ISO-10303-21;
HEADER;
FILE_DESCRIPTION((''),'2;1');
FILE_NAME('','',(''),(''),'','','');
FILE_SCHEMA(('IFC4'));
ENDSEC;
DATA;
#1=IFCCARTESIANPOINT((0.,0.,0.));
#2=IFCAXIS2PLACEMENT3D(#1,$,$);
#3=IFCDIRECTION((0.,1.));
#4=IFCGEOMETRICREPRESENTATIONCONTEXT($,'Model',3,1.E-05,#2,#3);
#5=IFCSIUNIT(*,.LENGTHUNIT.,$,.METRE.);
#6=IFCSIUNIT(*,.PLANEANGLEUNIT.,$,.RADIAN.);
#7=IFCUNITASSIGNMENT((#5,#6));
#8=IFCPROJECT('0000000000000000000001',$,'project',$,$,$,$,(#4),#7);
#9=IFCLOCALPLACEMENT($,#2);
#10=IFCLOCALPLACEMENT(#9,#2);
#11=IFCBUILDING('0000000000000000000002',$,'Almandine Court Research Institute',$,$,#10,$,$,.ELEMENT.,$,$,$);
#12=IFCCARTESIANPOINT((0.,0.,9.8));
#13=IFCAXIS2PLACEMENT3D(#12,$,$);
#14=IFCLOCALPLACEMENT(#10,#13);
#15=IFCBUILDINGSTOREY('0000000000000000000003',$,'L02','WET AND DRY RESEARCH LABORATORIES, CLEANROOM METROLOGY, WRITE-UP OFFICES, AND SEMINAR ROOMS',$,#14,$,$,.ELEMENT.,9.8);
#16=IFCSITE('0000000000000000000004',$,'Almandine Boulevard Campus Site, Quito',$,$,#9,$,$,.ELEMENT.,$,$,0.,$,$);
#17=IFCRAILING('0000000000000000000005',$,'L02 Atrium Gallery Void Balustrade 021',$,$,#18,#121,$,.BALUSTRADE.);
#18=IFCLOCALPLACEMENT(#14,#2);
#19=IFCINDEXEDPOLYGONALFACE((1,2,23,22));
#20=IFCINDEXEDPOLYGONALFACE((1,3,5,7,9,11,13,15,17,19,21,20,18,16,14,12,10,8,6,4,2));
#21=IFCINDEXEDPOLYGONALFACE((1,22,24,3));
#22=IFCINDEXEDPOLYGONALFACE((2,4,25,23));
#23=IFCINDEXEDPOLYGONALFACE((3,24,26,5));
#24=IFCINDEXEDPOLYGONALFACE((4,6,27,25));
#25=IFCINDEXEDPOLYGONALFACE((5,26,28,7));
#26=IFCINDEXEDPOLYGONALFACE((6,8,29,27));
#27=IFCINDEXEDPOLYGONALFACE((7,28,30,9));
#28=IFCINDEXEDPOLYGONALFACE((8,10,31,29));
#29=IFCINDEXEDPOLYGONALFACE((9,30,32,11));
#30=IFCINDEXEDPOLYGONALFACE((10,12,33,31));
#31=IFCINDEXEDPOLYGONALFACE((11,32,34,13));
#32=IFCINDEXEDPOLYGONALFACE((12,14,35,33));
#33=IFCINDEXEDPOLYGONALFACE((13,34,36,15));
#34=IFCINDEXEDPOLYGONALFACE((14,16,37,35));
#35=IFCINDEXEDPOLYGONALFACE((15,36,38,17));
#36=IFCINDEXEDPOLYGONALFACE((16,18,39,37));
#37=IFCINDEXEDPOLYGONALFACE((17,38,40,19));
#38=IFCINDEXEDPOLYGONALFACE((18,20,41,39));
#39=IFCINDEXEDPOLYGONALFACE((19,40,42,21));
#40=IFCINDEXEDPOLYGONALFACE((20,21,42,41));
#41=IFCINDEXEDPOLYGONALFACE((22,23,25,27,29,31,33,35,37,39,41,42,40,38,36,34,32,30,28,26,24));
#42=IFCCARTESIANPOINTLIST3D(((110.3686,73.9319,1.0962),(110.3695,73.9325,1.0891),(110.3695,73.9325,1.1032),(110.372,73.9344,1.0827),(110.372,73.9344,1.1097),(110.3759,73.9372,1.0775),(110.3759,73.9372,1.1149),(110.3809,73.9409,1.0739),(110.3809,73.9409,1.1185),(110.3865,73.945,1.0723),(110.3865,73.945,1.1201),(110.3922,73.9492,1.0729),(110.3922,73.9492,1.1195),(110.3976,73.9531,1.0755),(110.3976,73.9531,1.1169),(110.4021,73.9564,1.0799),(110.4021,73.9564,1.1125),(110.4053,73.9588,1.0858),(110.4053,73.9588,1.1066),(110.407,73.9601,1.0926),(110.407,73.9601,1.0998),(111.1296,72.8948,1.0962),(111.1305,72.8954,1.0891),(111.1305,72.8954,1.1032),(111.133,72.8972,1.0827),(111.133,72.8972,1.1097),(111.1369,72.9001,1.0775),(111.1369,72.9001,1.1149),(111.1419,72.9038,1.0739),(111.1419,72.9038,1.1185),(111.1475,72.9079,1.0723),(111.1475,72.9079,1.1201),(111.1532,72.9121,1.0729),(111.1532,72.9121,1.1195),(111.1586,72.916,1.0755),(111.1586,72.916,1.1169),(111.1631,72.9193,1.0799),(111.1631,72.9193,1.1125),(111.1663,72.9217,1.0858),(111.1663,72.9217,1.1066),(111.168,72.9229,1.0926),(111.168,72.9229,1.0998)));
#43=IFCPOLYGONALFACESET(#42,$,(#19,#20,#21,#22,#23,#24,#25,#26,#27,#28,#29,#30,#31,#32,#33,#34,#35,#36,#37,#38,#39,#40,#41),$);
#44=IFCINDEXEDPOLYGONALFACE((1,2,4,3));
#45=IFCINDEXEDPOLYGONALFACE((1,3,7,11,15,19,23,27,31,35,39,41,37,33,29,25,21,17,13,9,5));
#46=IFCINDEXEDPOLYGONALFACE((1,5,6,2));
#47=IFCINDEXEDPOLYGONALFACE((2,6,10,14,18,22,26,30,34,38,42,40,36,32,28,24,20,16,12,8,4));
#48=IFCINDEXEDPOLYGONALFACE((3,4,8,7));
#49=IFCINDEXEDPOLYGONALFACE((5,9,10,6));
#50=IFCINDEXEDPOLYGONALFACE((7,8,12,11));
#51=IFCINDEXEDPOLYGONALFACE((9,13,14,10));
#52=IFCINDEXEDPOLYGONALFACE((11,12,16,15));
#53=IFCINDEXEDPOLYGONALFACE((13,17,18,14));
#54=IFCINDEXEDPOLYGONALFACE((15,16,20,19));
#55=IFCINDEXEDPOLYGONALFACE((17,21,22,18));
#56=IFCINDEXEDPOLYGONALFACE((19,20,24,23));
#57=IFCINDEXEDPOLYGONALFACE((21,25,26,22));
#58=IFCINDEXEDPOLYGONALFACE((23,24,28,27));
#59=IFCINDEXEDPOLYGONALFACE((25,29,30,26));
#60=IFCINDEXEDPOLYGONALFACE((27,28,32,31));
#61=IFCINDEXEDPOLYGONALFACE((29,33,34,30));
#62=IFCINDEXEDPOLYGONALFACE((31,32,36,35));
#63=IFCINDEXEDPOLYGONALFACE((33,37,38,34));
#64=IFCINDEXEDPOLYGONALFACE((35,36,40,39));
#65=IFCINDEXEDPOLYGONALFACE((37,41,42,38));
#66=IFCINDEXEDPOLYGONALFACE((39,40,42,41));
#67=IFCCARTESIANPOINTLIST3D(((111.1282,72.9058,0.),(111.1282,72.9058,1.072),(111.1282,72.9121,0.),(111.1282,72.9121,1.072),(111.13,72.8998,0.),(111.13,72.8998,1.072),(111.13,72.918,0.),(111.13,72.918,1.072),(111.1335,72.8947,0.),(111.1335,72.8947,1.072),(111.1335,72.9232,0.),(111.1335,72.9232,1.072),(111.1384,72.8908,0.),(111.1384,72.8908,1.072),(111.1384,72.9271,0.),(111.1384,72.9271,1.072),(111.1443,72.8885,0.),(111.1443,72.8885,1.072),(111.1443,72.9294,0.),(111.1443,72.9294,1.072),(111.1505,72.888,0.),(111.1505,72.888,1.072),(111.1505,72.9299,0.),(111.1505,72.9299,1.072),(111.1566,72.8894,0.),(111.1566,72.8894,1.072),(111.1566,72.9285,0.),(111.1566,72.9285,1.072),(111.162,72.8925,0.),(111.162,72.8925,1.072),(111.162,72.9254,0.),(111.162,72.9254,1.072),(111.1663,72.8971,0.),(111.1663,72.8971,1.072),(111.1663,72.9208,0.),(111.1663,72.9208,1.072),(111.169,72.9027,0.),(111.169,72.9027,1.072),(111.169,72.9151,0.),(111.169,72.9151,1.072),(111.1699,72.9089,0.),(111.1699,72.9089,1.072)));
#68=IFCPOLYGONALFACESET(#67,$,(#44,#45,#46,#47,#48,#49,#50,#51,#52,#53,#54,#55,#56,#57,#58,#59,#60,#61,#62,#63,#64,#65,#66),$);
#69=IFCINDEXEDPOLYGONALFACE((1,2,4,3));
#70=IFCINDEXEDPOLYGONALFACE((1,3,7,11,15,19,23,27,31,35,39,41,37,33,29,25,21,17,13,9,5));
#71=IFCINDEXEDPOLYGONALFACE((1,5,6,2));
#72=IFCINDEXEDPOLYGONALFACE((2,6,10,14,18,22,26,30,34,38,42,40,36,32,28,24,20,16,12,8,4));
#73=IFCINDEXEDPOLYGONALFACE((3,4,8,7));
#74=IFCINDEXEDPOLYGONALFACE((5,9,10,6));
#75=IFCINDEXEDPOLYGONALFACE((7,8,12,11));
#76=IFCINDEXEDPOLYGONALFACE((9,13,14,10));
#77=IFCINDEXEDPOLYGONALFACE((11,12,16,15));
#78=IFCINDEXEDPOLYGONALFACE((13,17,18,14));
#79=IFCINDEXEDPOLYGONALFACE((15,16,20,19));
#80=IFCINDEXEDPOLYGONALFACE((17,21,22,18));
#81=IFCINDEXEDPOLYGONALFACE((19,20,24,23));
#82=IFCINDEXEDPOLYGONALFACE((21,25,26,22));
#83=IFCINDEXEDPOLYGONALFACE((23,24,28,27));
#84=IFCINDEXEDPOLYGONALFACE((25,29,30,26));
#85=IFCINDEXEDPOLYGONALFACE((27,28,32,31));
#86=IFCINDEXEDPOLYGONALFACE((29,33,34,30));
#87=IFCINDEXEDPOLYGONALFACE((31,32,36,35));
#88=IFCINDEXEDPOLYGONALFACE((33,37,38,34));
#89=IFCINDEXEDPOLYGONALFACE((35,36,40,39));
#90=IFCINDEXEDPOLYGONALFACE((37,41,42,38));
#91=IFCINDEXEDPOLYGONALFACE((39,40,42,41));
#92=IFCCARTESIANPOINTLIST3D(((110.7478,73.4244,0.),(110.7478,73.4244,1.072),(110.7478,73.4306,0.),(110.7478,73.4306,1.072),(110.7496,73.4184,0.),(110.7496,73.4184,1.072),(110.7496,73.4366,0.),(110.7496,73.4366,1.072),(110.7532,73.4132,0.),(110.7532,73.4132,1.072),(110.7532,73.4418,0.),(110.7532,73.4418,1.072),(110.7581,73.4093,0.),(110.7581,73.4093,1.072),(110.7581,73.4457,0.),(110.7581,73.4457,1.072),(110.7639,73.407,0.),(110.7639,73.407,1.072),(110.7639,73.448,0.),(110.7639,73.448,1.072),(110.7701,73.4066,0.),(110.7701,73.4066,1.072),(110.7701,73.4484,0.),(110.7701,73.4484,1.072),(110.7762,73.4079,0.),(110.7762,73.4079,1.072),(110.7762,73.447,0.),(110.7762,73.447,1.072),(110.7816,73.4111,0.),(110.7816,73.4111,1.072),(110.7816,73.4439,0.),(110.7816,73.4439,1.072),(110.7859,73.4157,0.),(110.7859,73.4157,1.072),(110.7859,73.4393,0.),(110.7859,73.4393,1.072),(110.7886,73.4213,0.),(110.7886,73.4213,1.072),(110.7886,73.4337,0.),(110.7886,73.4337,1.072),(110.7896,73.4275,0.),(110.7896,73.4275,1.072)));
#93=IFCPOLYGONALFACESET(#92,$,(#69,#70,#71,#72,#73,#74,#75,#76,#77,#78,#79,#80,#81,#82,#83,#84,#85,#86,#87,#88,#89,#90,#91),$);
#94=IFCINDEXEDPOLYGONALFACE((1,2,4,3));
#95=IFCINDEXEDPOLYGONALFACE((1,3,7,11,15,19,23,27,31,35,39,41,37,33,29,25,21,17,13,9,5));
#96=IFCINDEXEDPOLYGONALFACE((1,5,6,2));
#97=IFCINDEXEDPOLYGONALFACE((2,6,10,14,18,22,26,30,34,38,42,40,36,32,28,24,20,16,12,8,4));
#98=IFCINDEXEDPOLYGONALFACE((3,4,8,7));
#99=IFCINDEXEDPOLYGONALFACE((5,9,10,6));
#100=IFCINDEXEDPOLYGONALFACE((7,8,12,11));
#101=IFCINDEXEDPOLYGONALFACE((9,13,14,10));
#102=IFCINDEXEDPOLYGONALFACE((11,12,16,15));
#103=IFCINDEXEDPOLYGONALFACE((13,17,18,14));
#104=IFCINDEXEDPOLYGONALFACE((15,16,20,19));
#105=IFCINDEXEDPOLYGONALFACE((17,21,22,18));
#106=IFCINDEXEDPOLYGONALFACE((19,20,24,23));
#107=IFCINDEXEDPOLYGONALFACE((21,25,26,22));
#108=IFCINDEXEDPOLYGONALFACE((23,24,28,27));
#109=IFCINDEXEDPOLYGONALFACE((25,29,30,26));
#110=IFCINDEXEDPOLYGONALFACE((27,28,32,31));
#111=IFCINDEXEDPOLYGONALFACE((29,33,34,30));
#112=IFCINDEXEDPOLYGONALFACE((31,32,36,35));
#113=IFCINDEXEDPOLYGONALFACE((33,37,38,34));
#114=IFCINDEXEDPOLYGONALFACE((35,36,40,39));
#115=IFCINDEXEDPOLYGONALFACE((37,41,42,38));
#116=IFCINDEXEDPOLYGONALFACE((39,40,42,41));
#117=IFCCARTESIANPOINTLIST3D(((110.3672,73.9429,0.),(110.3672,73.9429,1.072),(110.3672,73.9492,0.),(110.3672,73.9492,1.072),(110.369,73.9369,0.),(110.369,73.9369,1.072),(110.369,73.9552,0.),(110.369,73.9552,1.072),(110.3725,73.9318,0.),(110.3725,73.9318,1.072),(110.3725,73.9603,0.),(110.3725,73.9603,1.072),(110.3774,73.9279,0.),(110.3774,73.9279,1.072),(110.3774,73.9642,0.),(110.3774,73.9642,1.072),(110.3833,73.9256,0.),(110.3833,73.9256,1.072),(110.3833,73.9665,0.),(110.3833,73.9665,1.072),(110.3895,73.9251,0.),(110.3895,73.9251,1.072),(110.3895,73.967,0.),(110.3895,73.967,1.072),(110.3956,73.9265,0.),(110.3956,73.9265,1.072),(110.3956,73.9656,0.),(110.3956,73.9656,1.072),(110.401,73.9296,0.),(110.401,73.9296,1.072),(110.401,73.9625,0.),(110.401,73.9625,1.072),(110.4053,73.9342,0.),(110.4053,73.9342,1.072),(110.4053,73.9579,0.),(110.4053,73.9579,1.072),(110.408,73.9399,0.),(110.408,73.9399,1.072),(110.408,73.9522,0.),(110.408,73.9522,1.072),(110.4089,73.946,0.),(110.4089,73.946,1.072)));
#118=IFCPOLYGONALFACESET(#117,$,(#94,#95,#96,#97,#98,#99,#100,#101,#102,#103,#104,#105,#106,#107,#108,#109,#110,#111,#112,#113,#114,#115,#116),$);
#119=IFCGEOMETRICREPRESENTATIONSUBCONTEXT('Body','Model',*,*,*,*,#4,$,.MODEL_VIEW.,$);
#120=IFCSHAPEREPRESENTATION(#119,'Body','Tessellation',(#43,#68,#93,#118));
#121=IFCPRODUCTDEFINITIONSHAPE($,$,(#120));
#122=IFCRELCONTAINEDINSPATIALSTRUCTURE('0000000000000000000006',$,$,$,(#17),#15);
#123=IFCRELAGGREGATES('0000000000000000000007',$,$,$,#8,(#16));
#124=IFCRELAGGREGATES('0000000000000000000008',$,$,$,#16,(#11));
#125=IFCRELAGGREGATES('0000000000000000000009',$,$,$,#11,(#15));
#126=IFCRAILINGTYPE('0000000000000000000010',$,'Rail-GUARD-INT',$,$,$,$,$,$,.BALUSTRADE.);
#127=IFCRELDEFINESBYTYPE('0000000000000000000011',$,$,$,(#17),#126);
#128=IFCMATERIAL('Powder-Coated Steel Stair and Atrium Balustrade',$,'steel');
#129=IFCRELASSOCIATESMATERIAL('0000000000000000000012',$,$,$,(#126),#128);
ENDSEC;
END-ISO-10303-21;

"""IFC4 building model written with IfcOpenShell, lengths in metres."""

from ifc_helpers import new_model, si_unit, direction, frame, origin, origin_2d, place, context, subcontext, project, spatial, circle, extrude, material, type_object, element, save


model = new_model("IFC4")

# Units and contexts
model_context = context("Model", 3, precision=1e-05, world=origin(), true_north=direction((0.0, 1.0)))
body_context = subcontext(model_context, "Body", "Model", "MODEL_VIEW")
ifc_project = project(units=[si_unit("LENGTHUNIT", "METRE"), si_unit("PLANEANGLEUNIT", "RADIAN")], contexts=[model_context])

# Site, building, storey
site_placement = place(None, origin())
site = spatial("IfcSite", under=ifc_project, at=site_placement, Name="Almandine Boulevard Campus Site, Quito", CompositionType="ELEMENT", RefElevation=0.0)
building_placement = place(site_placement, origin())
building = spatial("IfcBuilding", under=site, at=building_placement, Name="Almandine Court Research Institute", CompositionType="ELEMENT")
storey_placement = place(building_placement, frame((0.0, 0.0, 9.8)))
storey = spatial("IfcBuildingStorey", under=building, at=storey_placement, Name="L02", Description="WET AND DRY RESEARCH LABORATORIES, CLEANROOM METROLOGY, WRITE-UP OFFICES, AND SEMINAR ROOMS", CompositionType="ELEMENT", Elevation=9.8)

# Railing
ifc_material_1 = material(Name="Powder-Coated Steel Stair and Atrium Balustrade", Category="steel")
railing_type = type_object("IfcRailingType", Name="Rail-GUARD-INT", PredefinedType="BALUSTRADE", material=ifc_material_1)
railing_1_placement = place(storey_placement, frame((111.1489, 72.9089, 0.0)))
element("IfcRailing", 1, at=railing_1_placement, inside=storey, type_object=railing_type, Name="L02 Atrium Gallery Void Balustrade 021", PredefinedType="BALUSTRADE", context=body_context, shape_type="SweptSolid", body=[
    extrude(circle(Radius=0.0239, at=origin_2d()), frame((0.0, 0.0, 1.0962), z_axis=(-0.591586, 0.806242, 0.0), x_axis=(-0.806242, -0.591586, 0.0)), (0.0, 0.0, 1.0), 1.2864),
    extrude(circle(Radius=0.021, at=origin_2d()), origin(), (0.0, 0.0, 1.0), 1.072),
    extrude(circle(Radius=0.021, at=origin_2d()), frame((-0.3804, 0.5186, 0.0)), (0.0, 0.0, 1.0), 1.072),
    extrude(circle(Radius=0.021, at=origin_2d()), frame((-0.761, 1.0371, 0.0)), (0.0, 0.0, 1.0), 1.072),
])

save(model, "model.ifc")
